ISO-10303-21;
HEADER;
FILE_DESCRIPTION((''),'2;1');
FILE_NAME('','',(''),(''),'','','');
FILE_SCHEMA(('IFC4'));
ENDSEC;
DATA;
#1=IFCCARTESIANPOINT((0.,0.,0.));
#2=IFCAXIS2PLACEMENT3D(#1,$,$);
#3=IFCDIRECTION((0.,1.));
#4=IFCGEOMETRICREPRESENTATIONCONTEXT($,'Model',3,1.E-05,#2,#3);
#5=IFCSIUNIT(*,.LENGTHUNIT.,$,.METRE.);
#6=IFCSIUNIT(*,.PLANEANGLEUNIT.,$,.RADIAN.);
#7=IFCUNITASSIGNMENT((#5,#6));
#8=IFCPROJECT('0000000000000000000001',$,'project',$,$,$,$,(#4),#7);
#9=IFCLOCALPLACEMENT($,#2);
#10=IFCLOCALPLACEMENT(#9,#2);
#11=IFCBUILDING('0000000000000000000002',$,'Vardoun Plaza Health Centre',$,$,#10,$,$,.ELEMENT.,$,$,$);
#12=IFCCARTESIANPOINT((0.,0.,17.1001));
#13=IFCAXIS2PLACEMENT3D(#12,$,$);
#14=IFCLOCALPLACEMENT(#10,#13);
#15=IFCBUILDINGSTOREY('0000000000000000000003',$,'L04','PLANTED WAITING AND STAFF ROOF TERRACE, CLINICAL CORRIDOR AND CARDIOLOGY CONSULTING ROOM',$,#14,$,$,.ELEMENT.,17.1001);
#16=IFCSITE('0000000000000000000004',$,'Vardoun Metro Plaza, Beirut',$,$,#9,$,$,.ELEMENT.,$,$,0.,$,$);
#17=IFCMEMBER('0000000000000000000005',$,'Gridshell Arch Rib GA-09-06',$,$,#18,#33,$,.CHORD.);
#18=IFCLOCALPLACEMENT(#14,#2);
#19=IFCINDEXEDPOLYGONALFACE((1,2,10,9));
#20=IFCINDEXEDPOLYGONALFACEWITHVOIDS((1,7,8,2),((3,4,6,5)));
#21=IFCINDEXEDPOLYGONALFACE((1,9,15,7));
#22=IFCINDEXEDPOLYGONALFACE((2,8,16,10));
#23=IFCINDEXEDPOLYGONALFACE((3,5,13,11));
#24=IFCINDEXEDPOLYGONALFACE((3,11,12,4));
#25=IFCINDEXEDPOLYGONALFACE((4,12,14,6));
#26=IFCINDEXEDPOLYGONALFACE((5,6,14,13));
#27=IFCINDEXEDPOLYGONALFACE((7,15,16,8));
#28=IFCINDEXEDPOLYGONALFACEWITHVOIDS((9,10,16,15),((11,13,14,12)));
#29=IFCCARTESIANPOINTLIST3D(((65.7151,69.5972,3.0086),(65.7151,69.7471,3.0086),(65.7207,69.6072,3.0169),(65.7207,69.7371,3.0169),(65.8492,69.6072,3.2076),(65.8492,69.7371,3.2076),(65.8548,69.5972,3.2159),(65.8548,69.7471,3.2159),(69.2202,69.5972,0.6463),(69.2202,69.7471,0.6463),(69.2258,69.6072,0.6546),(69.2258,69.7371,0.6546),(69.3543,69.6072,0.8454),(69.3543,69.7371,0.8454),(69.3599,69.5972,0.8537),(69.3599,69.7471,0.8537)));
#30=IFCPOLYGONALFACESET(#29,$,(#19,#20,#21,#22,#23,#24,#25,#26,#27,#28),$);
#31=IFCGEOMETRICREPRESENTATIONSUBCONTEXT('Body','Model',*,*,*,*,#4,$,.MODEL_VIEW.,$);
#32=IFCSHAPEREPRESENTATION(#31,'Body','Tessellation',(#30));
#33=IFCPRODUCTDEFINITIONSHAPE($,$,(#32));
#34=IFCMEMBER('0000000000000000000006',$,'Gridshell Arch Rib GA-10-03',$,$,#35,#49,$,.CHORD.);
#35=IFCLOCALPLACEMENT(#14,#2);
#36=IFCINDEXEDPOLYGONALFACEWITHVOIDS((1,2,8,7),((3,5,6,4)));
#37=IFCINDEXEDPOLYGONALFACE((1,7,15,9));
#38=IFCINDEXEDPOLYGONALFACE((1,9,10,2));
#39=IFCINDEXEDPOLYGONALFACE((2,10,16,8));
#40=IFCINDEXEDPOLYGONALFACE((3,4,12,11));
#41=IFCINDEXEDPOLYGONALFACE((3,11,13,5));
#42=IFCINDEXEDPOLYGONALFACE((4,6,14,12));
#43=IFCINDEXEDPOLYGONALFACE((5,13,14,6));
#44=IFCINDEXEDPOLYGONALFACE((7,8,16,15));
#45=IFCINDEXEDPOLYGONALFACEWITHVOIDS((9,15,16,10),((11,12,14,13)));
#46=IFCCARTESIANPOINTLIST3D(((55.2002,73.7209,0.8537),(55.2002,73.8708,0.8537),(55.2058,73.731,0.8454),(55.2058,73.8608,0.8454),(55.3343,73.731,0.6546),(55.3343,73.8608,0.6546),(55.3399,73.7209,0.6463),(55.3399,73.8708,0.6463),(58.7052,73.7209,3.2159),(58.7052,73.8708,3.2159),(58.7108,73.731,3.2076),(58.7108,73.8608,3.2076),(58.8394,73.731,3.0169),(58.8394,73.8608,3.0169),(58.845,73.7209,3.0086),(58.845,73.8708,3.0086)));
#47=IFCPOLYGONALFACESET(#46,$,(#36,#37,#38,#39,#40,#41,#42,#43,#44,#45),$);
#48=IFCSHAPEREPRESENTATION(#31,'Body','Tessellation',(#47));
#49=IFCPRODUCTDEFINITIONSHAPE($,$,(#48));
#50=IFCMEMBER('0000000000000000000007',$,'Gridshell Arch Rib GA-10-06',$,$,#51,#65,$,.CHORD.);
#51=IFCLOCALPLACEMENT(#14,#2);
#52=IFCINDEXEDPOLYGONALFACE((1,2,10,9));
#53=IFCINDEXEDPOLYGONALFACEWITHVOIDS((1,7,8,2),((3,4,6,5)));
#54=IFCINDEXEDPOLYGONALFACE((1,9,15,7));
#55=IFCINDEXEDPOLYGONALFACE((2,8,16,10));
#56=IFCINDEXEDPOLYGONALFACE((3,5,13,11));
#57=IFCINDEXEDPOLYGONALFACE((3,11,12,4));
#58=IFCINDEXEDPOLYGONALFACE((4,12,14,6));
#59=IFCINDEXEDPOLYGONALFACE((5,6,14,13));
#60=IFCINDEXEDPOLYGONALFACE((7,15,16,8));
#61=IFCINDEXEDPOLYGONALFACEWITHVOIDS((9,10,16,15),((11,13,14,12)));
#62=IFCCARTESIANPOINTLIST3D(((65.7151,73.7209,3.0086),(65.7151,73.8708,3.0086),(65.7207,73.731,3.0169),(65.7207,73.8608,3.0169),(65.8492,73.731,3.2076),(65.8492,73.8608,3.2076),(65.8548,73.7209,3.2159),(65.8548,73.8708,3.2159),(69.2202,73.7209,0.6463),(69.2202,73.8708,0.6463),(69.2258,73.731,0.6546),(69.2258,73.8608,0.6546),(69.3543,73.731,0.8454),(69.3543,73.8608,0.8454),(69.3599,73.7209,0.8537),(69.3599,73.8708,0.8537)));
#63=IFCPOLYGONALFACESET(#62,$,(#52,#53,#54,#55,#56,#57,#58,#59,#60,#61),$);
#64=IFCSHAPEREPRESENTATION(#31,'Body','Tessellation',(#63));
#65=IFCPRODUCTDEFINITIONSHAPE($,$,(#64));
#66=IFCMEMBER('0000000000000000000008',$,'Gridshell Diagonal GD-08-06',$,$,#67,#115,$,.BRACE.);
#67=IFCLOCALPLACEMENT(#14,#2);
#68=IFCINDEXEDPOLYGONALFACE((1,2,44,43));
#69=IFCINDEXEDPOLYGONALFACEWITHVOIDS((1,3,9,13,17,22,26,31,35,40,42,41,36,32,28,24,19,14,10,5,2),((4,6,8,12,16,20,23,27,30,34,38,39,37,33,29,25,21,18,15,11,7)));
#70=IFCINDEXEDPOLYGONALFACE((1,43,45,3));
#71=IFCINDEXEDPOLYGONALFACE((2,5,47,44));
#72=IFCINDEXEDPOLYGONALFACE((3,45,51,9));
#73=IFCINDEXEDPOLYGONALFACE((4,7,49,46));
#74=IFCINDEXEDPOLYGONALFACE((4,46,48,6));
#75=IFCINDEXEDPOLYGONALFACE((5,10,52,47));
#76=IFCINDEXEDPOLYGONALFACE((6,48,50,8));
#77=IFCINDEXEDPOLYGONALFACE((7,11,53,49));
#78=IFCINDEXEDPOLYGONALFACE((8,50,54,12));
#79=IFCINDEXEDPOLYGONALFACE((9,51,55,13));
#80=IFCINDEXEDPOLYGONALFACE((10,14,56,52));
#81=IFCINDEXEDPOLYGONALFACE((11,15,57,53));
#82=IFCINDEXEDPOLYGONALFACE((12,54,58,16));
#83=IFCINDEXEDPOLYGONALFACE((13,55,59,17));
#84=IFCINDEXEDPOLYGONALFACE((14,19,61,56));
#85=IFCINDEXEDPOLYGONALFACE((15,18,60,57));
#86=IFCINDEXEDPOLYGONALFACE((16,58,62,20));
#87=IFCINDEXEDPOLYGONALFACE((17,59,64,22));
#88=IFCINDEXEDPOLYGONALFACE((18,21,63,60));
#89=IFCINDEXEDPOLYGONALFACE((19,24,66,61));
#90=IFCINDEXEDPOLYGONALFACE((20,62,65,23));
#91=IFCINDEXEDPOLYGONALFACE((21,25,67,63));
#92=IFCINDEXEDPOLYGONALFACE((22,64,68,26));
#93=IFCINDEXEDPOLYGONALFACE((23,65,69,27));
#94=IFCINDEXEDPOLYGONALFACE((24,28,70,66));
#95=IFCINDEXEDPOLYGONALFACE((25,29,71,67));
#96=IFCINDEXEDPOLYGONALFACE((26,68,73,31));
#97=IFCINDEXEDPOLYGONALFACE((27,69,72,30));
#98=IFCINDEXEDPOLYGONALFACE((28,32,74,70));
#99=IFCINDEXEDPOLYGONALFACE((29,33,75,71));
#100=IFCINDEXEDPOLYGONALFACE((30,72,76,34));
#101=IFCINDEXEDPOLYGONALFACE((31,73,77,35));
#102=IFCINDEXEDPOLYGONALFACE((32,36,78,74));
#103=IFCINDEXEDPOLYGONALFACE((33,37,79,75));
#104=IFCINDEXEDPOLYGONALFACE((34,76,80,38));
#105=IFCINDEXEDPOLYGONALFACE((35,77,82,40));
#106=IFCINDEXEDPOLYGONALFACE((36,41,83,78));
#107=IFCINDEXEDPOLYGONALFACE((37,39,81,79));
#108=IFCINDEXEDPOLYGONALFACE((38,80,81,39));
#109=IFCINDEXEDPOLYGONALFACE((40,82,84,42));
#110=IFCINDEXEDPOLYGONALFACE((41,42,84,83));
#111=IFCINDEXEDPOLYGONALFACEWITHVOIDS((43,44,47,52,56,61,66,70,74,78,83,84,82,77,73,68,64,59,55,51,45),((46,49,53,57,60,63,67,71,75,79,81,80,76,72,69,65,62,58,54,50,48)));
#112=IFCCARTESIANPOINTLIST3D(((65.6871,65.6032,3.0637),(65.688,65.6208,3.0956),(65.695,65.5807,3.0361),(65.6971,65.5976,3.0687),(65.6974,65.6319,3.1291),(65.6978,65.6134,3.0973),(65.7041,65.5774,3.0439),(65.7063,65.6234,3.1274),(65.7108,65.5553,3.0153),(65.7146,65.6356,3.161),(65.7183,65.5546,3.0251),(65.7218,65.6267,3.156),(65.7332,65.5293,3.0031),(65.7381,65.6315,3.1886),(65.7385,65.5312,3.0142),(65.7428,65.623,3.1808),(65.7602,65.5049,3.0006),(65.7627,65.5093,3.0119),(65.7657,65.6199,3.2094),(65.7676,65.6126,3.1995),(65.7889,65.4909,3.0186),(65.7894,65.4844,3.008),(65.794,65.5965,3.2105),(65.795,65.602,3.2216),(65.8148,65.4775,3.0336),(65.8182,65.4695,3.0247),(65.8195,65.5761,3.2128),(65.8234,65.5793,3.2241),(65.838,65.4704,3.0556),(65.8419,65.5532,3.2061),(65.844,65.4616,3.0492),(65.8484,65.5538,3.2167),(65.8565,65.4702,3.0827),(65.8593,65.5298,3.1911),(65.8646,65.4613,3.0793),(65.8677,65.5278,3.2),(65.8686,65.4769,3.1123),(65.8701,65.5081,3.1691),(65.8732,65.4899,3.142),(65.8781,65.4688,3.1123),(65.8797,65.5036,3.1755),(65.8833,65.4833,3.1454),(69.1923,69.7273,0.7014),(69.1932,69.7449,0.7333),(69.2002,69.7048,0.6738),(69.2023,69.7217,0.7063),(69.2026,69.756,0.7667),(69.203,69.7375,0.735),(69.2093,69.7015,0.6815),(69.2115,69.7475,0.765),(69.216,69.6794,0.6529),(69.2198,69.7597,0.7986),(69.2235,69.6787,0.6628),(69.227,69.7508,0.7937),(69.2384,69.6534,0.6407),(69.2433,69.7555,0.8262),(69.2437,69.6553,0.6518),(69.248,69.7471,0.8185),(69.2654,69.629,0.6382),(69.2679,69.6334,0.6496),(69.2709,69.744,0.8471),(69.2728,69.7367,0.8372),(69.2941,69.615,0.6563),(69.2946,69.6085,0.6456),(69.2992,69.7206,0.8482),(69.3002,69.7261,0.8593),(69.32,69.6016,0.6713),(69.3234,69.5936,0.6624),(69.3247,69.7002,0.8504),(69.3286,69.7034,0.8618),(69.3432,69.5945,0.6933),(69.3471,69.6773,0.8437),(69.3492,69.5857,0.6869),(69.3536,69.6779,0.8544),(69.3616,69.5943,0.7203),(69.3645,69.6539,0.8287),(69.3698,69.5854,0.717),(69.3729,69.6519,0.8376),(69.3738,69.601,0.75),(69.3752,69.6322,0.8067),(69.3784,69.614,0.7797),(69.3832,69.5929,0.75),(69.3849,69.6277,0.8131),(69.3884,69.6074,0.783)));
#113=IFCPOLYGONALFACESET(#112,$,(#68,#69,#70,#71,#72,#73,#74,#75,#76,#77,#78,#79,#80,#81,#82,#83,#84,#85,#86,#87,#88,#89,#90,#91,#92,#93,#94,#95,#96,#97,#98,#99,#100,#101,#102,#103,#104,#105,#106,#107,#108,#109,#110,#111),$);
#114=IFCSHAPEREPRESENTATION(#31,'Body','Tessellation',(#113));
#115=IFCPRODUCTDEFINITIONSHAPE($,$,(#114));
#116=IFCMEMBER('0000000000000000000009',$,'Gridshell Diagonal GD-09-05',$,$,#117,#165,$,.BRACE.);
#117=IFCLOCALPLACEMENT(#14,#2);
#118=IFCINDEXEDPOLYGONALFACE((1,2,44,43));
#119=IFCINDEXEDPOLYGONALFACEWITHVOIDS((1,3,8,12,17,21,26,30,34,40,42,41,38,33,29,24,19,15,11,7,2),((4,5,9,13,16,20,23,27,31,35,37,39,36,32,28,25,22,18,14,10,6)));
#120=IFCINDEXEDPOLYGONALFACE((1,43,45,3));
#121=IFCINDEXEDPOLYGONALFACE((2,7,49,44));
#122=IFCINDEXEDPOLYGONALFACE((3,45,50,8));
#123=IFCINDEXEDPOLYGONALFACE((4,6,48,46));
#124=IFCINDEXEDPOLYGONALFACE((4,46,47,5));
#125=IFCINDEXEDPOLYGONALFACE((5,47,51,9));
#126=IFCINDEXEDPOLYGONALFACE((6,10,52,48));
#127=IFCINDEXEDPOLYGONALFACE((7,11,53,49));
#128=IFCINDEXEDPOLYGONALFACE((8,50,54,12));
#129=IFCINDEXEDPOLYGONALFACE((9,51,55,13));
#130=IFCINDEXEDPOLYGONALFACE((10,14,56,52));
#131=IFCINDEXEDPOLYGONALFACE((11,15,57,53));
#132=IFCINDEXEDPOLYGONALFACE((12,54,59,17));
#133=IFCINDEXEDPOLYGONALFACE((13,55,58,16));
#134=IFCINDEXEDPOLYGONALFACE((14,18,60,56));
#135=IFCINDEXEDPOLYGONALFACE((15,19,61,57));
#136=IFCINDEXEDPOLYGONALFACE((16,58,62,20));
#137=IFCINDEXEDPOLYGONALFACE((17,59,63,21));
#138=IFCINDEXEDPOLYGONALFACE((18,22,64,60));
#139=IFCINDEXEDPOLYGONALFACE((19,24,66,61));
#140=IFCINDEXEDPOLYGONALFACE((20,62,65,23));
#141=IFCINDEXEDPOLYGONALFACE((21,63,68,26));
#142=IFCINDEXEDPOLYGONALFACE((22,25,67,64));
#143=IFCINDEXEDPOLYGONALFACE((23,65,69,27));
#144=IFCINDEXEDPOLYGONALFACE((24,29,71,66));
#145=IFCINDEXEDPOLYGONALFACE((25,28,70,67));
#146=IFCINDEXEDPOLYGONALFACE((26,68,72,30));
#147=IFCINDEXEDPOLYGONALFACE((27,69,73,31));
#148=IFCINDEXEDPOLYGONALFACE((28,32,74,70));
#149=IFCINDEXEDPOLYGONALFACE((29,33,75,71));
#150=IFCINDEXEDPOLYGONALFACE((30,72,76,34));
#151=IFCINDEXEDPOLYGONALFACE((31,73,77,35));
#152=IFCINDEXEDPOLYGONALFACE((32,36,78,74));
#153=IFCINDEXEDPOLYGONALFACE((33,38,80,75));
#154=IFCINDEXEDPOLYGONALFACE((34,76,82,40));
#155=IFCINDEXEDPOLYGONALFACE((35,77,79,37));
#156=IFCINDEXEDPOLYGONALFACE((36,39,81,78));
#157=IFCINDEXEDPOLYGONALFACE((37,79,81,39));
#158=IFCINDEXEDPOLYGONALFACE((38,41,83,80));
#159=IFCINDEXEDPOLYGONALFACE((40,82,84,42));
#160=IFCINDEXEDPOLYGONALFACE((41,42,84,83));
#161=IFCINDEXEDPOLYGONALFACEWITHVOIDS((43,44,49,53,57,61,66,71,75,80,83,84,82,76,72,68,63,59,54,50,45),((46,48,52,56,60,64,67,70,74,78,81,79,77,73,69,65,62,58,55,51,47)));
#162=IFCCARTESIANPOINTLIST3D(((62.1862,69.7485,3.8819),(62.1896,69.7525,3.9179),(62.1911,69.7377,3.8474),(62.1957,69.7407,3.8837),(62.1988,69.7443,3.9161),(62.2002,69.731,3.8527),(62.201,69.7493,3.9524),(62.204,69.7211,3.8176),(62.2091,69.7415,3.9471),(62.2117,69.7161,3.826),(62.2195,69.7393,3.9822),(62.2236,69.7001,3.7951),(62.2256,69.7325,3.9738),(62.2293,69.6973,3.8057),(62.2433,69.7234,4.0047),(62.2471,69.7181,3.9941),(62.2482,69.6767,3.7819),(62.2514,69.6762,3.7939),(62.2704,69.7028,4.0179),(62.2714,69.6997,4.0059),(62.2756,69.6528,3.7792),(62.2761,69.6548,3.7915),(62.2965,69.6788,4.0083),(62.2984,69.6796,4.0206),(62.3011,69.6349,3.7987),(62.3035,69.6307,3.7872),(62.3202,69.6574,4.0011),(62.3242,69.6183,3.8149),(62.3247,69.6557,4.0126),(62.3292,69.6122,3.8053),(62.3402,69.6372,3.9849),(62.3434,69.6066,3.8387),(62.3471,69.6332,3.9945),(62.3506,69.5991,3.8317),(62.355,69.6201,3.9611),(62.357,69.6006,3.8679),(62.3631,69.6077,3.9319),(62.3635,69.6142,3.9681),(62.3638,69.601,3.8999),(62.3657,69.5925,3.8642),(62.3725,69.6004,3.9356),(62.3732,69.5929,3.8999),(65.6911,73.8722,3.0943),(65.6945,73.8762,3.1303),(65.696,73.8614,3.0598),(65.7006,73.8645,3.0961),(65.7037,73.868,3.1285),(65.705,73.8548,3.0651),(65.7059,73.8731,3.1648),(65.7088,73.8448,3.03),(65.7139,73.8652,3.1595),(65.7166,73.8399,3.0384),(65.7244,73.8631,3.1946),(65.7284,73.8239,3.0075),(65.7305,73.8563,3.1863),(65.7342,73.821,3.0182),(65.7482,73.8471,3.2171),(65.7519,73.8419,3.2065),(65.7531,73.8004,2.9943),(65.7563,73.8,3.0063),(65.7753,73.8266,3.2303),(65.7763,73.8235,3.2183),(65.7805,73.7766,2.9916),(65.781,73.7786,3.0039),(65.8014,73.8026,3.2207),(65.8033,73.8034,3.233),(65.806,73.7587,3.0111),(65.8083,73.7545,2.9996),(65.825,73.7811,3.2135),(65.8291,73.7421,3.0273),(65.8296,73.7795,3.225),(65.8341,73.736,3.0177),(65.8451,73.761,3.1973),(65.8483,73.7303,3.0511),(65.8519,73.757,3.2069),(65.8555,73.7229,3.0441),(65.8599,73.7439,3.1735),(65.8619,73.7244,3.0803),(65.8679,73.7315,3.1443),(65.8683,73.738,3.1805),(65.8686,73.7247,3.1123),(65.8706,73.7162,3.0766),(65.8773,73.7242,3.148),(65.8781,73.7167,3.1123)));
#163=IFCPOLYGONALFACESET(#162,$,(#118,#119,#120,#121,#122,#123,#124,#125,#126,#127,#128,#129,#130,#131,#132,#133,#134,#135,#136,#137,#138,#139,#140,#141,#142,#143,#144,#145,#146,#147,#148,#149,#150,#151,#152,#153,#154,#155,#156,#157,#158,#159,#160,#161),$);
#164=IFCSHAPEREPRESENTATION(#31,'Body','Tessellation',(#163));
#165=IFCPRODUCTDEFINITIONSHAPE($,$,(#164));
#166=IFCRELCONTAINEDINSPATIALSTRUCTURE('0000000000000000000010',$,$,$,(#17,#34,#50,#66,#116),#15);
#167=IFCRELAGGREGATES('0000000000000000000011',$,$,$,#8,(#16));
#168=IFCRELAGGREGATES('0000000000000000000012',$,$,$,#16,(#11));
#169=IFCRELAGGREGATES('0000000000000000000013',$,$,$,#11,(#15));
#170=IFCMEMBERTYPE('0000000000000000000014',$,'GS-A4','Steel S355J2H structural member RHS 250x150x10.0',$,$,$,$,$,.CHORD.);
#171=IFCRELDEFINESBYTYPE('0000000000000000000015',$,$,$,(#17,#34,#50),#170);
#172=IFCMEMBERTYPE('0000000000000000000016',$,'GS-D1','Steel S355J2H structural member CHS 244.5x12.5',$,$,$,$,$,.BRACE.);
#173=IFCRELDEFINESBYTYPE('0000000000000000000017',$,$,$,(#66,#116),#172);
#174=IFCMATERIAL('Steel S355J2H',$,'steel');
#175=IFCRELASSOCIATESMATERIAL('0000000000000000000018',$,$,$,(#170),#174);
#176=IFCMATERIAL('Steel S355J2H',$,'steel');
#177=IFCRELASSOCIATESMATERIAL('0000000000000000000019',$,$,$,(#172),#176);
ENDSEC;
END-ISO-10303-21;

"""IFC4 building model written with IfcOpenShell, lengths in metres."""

from ifc_helpers import new_model, si_unit, direction, frame, origin, origin_2d, place, context, subcontext, project, spatial, hollow_rectangle, hollow_circle, extrude, material, material_profile, profile_set, type_object, element, save


model = new_model("IFC4")

# Units and contexts
model_context = context("Model", 3, precision=1e-05, world=origin(), true_north=direction((0.0, 1.0)))
body_context = subcontext(model_context, "Body", "Model", "MODEL_VIEW")
ifc_project = project(units=[si_unit("LENGTHUNIT", "METRE"), si_unit("PLANEANGLEUNIT", "RADIAN")], contexts=[model_context])

# Site, building, storey
site_placement = place(None, origin())
site = spatial("IfcSite", under=ifc_project, at=site_placement, Name="Vardoun Metro Plaza, Beirut", CompositionType="ELEMENT", RefElevation=0.0)
building_placement = place(site_placement, origin())
building = spatial("IfcBuilding", under=site, at=building_placement, Name="Vardoun Plaza Health Centre", CompositionType="ELEMENT")
storey_placement = place(building_placement, frame((0.0, 0.0, 17.1001)))
storey = spatial("IfcBuildingStorey", under=building, at=storey_placement, Name="L04", Description="PLANTED WAITING AND STAFF ROOF TERRACE, CLINICAL CORRIDOR AND CARDIOLOGY CONSULTING ROOM", CompositionType="ELEMENT", Elevation=17.1001)

# Members
ifc_material_1 = material(Name="Steel S355J2H", Category="steel")
ifc_material_profile_1 = material_profile(ifc_material_1, hollow_rectangle(XDim=0.1499, YDim=0.25, WallThickness=0.01, at=origin_2d()), Name="RHS 250x150x10.0")
ifc_profile_set_1 = profile_set([ifc_material_profile_1], Name="Steel S355J2H")
member_type_1 = type_object("IfcMemberType", Name="GS-A4", Description="Steel S355J2H structural member RHS 250x150x10.0", PredefinedType="CHORD", material=ifc_profile_set_1)
for number, where, z_axis, x_axis, name in (
    (1, (69.29, 69.6721, 0.75), (-0.82925, 0.0, 0.558879), (0.0, -1.0, 0.0), "Gridshell Arch Rib GA-09-06"),
    (2, (55.27, 73.7959, 0.75), (0.82925, 0.0, 0.558879), (0.0, 1.0, 0.0), "Gridshell Arch Rib GA-10-03"),
    (3, (69.29, 73.7959, 0.75), (-0.82925, 0.0, 0.558879), (0.0, -1.0, 0.0), "Gridshell Arch Rib GA-10-06"),
):
    element("IfcMember", number, at=place(storey_placement, frame(where, z_axis=z_axis, x_axis=x_axis)), inside=storey, type_object=member_type_1, Name=name, PredefinedType="CHORD", context=body_context, shape_type="SweptSolid", body=[
        extrude(hollow_rectangle(XDim=0.1499, YDim=0.25, WallThickness=0.01, at=origin_2d()), origin(), (0.0, 0.0, 1.0), 4.2268),
    ])
ifc_material_2 = material(Name="Steel S355J2H", Category="steel")
ifc_material_profile_2 = material_profile(ifc_material_2, hollow_circle(Radius=0.1223, WallThickness=0.0125, at=origin_2d()), Name="CHS 244.5x12.5")
ifc_profile_set_2 = profile_set([ifc_material_profile_2], Name="Steel S355J2H")
member_type_2 = type_object("IfcMemberType", Name="GS-D1", Description="Steel S355J2H structural member CHS 244.5x12.5", PredefinedType="BRACE", material=ifc_profile_set_2)
member_1_placement = place(storey_placement, frame((69.29, 69.6721, 0.75), z_axis=(-0.593544, -0.698346, 0.400023), x_axis=(0.761966, -0.647617, 0.0)))
element("IfcMember", 4, at=member_1_placement, inside=storey, type_object=member_type_2, Name="Gridshell Diagonal GD-08-06", PredefinedType="BRACE", context=body_context, shape_type="SweptSolid", body=[
    extrude(hollow_circle(Radius=0.1223, WallThickness=0.0125, at=origin_2d()), origin(), (0.0, 0.0, 1.0), 5.9055),
])
member_2_placement = place(storey_placement, frame((65.7849, 73.7959, 3.1123), z_axis=(-0.640862, -0.754027, 0.144011), x_axis=(0.761969, -0.647613, 0.0)))
element("IfcMember", 5, at=member_2_placement, inside=storey, type_object=member_type_2, Name="Gridshell Diagonal GD-09-05", PredefinedType="BRACE", context=body_context, shape_type="SweptSolid", body=[
    extrude(hollow_circle(Radius=0.1223, WallThickness=0.0125, at=origin_2d()), origin(), (0.0, 0.0, 1.0), 5.469),
])

save(model, "model.ifc")
